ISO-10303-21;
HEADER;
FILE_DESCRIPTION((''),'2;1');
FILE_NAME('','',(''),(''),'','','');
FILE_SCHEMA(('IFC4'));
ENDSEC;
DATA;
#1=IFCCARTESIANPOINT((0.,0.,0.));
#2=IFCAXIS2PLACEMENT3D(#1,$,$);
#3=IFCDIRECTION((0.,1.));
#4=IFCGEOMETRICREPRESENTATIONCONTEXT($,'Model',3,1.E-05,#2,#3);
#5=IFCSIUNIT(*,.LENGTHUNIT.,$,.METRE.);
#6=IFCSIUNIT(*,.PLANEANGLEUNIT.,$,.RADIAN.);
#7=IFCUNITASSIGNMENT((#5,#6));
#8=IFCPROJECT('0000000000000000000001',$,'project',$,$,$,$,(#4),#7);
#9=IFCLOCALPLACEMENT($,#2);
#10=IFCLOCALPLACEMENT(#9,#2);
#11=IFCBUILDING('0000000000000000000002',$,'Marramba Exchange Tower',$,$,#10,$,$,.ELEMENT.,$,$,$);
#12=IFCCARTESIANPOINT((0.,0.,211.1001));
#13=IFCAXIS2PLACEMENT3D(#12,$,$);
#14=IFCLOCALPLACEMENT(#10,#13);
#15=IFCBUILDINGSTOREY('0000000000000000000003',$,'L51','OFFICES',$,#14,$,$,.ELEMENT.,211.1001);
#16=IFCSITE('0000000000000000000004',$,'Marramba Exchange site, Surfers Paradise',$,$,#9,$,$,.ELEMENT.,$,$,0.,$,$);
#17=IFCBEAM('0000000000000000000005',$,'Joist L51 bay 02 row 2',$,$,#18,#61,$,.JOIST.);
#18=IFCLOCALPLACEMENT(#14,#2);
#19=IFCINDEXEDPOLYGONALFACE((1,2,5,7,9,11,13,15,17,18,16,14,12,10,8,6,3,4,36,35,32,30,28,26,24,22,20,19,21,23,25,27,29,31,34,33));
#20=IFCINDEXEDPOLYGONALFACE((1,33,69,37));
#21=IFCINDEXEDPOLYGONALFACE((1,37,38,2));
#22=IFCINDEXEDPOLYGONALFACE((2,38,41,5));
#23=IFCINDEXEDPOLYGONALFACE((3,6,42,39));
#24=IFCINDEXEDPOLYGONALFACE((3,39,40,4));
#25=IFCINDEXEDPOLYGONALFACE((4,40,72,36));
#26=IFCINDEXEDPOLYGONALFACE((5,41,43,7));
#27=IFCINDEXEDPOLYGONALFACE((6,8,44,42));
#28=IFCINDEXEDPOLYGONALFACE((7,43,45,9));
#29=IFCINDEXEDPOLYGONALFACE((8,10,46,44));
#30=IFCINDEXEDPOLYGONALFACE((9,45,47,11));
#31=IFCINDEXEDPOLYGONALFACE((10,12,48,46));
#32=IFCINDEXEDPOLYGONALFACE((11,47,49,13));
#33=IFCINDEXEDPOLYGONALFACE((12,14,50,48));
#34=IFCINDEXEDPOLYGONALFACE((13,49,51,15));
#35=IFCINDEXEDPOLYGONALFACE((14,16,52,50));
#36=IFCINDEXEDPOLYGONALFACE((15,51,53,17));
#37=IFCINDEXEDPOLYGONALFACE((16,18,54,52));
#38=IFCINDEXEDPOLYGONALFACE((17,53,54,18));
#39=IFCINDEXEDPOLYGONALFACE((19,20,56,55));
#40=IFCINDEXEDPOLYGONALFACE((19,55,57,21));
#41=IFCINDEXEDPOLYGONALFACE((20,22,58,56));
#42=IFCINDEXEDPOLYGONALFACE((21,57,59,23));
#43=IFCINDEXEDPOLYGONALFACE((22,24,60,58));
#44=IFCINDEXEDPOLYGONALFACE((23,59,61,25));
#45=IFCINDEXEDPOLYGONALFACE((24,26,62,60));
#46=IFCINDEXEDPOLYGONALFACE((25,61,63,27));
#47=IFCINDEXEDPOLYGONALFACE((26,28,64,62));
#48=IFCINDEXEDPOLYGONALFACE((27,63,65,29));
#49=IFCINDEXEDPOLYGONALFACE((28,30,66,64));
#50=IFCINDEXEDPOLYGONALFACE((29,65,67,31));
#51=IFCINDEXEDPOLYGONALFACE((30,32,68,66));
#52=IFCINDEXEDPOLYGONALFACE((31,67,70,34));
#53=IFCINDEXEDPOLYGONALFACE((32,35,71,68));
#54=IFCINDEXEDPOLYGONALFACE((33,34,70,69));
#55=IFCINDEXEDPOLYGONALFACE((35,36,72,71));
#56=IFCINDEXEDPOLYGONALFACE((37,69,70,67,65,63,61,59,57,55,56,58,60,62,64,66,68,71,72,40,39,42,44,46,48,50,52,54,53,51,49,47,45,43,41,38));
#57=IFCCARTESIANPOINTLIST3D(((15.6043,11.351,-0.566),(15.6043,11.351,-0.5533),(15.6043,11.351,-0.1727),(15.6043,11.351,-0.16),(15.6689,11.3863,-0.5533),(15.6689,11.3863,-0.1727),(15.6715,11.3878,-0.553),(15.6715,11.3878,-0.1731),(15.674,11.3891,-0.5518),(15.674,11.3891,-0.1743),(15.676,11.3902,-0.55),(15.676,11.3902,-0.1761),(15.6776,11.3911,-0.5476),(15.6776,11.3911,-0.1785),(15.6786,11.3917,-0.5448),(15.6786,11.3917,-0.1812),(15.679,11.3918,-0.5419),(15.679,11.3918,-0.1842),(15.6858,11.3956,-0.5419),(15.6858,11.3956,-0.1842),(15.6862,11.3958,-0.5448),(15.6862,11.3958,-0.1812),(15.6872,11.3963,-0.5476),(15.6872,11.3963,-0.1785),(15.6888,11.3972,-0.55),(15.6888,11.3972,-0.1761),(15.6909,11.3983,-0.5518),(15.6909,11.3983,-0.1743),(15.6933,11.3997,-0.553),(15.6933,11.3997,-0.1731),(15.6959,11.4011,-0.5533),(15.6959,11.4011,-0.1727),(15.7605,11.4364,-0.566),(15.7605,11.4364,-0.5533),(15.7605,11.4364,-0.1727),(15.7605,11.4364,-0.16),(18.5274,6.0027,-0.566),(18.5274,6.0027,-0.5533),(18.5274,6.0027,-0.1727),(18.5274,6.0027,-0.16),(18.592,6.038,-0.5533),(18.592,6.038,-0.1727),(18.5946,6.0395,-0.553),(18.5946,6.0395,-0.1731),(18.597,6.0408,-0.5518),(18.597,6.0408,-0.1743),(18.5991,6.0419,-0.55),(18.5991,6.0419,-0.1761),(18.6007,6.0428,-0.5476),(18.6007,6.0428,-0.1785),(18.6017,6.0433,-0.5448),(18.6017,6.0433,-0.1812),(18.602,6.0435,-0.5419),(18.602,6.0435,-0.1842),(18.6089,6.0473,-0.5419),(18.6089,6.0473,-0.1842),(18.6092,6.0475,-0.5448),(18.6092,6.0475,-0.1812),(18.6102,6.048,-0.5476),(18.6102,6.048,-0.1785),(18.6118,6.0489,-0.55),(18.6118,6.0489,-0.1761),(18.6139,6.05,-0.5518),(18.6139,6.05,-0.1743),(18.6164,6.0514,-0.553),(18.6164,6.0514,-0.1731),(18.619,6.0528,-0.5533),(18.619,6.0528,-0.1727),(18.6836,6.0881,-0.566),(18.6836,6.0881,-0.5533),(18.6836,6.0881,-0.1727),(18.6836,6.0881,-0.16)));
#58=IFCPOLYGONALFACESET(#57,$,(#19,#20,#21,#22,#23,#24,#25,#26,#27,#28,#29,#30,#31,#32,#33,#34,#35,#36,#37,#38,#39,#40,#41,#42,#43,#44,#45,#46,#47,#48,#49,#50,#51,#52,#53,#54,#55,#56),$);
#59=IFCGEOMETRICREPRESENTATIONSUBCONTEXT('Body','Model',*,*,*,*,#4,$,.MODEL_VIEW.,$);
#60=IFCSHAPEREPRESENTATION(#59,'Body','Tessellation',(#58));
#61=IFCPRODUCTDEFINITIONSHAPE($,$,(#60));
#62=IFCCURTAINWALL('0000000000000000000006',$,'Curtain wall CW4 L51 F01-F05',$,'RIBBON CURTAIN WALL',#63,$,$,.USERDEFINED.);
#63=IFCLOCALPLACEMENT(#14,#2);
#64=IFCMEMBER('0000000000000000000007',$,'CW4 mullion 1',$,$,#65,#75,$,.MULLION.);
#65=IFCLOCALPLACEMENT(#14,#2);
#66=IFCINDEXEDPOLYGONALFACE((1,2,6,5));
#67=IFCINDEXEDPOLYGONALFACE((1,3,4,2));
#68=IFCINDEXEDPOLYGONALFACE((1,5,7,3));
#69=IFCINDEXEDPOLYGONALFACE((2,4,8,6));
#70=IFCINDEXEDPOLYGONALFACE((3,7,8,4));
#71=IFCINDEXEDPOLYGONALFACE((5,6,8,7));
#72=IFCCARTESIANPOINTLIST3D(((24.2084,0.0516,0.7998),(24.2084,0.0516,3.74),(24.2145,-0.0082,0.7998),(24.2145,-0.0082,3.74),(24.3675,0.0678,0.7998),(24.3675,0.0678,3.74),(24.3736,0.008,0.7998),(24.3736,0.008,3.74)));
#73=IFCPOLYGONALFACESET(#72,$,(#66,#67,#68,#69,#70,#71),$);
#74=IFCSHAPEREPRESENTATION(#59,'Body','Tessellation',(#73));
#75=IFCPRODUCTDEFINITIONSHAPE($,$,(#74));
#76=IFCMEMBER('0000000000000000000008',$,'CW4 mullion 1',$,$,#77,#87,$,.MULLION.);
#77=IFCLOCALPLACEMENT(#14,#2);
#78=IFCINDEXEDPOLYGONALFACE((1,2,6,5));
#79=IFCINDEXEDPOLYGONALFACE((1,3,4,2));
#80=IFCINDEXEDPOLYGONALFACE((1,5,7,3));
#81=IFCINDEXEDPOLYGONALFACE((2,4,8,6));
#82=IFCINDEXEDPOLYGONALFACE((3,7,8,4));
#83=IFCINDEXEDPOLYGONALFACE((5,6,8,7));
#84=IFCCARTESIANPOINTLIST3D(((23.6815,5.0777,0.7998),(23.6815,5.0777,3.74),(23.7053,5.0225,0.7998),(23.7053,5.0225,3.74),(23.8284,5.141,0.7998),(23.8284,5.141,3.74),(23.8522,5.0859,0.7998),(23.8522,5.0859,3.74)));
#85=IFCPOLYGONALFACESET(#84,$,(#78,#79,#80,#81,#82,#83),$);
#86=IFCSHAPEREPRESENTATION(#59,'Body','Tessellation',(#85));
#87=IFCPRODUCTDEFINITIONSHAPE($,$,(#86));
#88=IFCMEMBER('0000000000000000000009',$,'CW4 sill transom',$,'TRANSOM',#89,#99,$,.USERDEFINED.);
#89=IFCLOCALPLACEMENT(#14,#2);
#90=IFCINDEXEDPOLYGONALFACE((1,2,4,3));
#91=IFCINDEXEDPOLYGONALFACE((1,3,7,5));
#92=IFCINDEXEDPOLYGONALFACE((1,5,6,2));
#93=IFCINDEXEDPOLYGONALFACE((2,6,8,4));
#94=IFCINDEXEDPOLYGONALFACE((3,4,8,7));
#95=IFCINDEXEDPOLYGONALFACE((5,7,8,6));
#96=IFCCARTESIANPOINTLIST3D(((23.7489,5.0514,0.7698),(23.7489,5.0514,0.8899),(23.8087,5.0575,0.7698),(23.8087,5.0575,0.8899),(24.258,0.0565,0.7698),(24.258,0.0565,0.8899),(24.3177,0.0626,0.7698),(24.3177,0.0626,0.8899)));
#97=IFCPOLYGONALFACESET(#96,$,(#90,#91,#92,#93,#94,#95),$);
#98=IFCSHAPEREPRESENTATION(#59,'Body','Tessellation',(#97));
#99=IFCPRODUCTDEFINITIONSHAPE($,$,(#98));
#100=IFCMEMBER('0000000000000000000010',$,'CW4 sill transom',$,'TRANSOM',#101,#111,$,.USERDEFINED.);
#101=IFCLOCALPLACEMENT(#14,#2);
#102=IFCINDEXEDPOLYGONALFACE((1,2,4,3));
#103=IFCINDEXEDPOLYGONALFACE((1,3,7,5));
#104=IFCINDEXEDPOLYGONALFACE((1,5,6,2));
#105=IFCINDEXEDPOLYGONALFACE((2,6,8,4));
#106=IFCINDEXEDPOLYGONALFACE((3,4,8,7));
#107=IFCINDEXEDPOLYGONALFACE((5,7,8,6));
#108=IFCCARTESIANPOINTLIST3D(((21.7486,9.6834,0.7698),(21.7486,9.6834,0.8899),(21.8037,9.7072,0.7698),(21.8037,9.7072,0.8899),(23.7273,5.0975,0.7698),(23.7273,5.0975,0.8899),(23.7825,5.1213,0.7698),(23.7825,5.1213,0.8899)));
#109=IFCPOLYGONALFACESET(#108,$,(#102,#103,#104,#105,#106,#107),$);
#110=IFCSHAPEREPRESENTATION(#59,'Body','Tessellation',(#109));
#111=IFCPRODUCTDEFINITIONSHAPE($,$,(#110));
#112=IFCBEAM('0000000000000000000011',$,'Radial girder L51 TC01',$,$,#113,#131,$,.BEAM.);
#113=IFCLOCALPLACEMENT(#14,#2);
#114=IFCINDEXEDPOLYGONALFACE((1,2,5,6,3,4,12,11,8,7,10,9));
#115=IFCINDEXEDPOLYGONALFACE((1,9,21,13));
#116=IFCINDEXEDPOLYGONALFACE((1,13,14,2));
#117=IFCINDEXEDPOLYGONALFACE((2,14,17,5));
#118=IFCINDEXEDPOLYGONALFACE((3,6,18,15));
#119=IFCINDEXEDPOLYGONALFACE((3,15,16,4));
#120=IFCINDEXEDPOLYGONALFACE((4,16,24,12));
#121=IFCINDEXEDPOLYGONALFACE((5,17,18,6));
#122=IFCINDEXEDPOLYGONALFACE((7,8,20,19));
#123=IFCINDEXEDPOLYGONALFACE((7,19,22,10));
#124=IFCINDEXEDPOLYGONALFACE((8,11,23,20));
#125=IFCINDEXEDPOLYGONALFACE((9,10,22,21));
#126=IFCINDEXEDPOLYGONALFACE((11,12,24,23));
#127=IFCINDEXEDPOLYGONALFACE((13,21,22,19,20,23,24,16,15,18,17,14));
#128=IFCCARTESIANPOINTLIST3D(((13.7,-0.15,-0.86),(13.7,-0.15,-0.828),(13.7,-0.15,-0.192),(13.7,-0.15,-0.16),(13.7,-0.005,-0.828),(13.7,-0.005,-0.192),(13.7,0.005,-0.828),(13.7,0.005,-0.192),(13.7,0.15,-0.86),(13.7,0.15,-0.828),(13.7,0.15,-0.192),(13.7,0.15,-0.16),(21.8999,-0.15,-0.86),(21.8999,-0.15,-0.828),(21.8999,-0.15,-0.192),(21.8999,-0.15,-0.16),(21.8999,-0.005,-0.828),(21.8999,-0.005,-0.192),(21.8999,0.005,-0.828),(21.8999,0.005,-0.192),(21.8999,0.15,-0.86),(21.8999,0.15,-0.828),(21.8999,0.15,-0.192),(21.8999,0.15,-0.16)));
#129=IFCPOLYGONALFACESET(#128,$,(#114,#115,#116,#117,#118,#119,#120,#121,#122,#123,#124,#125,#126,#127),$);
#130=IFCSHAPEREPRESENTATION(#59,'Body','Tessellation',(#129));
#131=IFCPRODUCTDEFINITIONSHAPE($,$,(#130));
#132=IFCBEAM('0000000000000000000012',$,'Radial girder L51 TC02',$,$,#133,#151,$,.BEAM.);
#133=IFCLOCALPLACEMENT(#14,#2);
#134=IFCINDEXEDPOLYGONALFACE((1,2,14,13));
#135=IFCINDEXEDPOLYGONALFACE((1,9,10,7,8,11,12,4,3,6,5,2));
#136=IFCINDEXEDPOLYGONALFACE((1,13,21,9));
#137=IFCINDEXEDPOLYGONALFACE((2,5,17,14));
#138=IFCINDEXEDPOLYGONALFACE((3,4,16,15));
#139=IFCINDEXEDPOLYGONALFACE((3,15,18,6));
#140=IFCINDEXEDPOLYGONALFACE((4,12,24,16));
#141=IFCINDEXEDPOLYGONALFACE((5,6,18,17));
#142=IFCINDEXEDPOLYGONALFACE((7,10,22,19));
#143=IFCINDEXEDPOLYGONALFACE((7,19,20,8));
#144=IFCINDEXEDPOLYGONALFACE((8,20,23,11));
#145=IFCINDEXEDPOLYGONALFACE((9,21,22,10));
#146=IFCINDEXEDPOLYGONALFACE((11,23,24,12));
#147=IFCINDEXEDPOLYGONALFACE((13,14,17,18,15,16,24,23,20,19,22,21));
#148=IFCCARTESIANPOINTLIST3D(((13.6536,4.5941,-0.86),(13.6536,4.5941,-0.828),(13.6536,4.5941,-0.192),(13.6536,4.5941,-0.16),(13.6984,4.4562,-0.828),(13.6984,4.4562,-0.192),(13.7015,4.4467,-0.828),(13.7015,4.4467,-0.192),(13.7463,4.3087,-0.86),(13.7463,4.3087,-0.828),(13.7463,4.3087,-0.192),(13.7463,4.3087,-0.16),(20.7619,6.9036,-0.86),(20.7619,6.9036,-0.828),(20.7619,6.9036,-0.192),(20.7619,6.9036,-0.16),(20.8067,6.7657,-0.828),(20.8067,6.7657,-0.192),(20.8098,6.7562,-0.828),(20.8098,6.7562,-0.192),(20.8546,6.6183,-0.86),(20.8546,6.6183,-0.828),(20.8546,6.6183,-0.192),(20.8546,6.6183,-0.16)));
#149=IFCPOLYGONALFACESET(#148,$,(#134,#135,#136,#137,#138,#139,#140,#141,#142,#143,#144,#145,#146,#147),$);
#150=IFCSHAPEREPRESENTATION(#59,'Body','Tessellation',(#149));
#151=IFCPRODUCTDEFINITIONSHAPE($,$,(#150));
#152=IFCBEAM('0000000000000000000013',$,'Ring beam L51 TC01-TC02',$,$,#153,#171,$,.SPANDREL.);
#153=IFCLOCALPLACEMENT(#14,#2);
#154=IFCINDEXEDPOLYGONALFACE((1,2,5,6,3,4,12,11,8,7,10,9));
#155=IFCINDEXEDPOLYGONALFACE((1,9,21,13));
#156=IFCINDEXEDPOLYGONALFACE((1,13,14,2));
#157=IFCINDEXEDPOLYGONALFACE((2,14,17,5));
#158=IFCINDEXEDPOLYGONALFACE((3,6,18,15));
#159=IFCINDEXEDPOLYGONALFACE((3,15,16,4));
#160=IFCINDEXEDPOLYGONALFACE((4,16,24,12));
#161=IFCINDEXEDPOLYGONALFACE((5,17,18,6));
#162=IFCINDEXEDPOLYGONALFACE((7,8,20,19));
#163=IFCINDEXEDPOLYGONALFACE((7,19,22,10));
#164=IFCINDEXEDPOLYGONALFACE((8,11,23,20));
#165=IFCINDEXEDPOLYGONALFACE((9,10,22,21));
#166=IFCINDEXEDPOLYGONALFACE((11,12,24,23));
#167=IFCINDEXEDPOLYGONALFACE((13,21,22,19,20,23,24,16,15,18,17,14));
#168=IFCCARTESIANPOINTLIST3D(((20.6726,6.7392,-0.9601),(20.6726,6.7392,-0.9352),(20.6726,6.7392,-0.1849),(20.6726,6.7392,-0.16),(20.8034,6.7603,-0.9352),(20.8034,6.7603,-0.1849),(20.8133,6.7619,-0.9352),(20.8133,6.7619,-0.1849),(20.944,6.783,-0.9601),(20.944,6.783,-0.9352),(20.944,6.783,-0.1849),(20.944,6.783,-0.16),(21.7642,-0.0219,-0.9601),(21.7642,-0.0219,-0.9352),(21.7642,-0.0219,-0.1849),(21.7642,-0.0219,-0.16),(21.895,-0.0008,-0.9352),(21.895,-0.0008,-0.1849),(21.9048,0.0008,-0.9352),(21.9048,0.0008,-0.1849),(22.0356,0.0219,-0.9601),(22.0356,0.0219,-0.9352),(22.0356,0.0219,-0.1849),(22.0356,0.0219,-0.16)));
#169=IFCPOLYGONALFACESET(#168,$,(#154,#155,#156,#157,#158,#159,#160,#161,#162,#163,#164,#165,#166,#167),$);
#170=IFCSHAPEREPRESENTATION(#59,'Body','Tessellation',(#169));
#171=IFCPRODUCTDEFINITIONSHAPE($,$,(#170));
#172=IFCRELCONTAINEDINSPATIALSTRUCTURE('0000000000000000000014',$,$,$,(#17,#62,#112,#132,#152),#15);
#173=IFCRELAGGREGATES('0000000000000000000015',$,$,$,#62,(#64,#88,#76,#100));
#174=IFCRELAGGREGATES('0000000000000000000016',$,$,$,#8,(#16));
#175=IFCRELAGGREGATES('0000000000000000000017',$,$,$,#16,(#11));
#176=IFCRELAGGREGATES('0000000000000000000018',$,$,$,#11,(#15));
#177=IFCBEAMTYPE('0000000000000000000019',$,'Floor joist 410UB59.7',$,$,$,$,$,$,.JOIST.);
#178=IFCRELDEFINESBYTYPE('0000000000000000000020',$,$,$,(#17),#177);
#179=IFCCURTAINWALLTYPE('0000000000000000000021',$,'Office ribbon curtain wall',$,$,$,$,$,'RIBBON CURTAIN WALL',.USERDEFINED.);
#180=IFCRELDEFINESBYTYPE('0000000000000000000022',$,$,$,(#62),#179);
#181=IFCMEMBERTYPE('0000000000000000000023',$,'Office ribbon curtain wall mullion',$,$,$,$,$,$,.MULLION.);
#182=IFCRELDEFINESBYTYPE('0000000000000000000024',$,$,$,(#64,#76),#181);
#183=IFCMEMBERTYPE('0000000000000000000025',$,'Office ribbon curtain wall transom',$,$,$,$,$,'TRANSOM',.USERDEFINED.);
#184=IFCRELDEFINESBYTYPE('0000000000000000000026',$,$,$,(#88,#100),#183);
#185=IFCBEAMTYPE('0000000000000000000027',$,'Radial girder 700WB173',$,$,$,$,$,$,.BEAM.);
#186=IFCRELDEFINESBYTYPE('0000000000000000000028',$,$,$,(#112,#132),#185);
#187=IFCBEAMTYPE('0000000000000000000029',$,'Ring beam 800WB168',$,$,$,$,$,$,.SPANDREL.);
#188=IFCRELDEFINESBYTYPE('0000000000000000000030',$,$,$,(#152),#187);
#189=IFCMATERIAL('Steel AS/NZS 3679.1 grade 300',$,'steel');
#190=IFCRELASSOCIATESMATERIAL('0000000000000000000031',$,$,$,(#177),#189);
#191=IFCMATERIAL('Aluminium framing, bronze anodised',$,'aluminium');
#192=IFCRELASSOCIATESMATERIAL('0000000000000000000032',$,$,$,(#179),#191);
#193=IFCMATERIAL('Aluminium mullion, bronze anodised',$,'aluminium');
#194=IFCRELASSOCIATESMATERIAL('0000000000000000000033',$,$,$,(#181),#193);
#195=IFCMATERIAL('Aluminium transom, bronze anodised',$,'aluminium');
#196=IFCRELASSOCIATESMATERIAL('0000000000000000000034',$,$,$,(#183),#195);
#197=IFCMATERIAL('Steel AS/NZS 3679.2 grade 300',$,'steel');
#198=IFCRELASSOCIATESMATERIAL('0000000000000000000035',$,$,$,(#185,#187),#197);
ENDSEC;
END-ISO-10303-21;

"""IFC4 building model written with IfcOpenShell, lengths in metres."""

from ifc_helpers import new_model, si_unit, direction, frame, origin, origin_2d, place, context, subcontext, project, spatial, rectangle, i_section, extrude, material, material_profile, profile_set, type_object, element, aggregate, save


model = new_model("IFC4")

# Units and contexts
model_context = context("Model", 3, precision=1e-05, world=origin(), true_north=direction((0.0, 1.0)))
body_context = subcontext(model_context, "Body", "Model", "MODEL_VIEW")
ifc_project = project(units=[si_unit("LENGTHUNIT", "METRE"), si_unit("PLANEANGLEUNIT", "RADIAN")], contexts=[model_context])

# Site, building, storey
site_placement = place(None, origin())
site = spatial("IfcSite", under=ifc_project, at=site_placement, Name="Marramba Exchange site, Surfers Paradise", CompositionType="ELEMENT", RefElevation=0.0)
building_placement = place(site_placement, origin())
building = spatial("IfcBuilding", under=site, at=building_placement, Name="Marramba Exchange Tower", CompositionType="ELEMENT")
storey_placement = place(building_placement, frame((0.0, 0.0, 211.1001)))
storey = spatial("IfcBuildingStorey", under=building, at=storey_placement, Name="L51", Description="OFFICES", CompositionType="ELEMENT", Elevation=211.1001)

# Beam
ifc_material_1 = material(Name="Steel AS/NZS 3679.2 grade 300", Category="steel")
ifc_material_2 = material(Name="Steel AS/NZS 3679.1 grade 300", Category="steel")
ifc_material_profile_1 = material_profile(ifc_material_2, i_section(OverallWidth=0.178, OverallDepth=0.406, WebThickness=0.0078, FlangeThickness=0.0127, FilletRadius=0.0115, at=origin_2d()), Name="410UB59.7")
ifc_profile_set_1 = profile_set([ifc_material_profile_1], Name="Steel AS/NZS 3679.1 grade 300")
beam_type_1 = type_object("IfcBeamType", Name="Floor joist 410UB59.7", PredefinedType="JOIST", material=ifc_profile_set_1)
beam_1_placement = place(storey_placement, frame((18.6055, 6.0454, -0.363), z_axis=(-0.479584, 0.877496, 0.0), x_axis=(-0.877496, -0.479584, 0.0)))
element("IfcBeam", 1, at=beam_1_placement, inside=storey, type_object=beam_type_1, Name="Joist L51 bay 02 row 2", PredefinedType="JOIST", context=body_context, shape_type="SweptSolid", body=[
    extrude(i_section(OverallWidth=0.178, OverallDepth=0.406, WebThickness=0.0078, FlangeThickness=0.0127, FilletRadius=0.0115, at=origin_2d()), origin(), (0.0, 0.0, 1.0), 6.095),
])

# Curtain wall, members
ifc_material_3 = material(Name="Aluminium framing, bronze anodised", Category="aluminium")
curtain_wall_type = type_object("IfcCurtainWallType", Name="Office ribbon curtain wall", ElementType="RIBBON CURTAIN WALL", PredefinedType="USERDEFINED", material=ifc_material_3)
curtain_wall_placement = place(storey_placement, origin())
curtain_wall = element("IfcCurtainWall", 2, at=curtain_wall_placement, inside=storey, type_object=curtain_wall_type, Name="Curtain wall CW4 L51 F01-F05", ObjectType="RIBBON CURTAIN WALL", PredefinedType="USERDEFINED")
ifc_material_4 = material(Name="Aluminium mullion, bronze anodised", Category="aluminium")
ifc_material_profile_2 = material_profile(ifc_material_4, rectangle(XDim=0.1599, YDim=0.0601, at=origin_2d()), Name="CW4 mullion 60x160")
ifc_profile_set_2 = profile_set([ifc_material_profile_2], Name="Aluminium mullion, bronze anodised")
member_type_1 = type_object("IfcMemberType", Name="Office ribbon curtain wall mullion", PredefinedType="MULLION", material=ifc_profile_set_2)
member_1_placement = place(storey_placement, frame((24.291, 0.0298, 0.7998), z_axis=(0.0, 0.0, 1.0), x_axis=(-0.994843, -0.101422, 0.0)))
member_1 = element("IfcMember", 3, at=member_1_placement, type_object=member_type_1, Name="CW4 mullion 1", PredefinedType="MULLION", context=body_context, shape_type="SweptSolid", body=[
    extrude(rectangle(XDim=0.1599, YDim=0.0601, at=origin_2d()), origin(), (0.0, 0.0, 1.0), 2.9402),
])
member_2_placement = place(storey_placement, frame((23.7668, 5.0818, 0.7998), z_axis=(0.0, 0.0, 1.0), x_axis=(-0.918167, -0.396193, 0.0)))
member_2 = element("IfcMember", 4, at=member_2_placement, type_object=member_type_1, Name="CW4 mullion 1", PredefinedType="MULLION", context=body_context, shape_type="SweptSolid", body=[
    extrude(rectangle(XDim=0.1599, YDim=0.0601, at=origin_2d()), origin(), (0.0, 0.0, 1.0), 2.9402),
])
ifc_material_5 = material(Name="Aluminium transom, bronze anodised", Category="aluminium")
ifc_material_profile_3 = material_profile(ifc_material_5, rectangle(XDim=0.0601, YDim=0.1201, at=origin_2d()), Name="CW4 transom 60x120")
ifc_profile_set_3 = profile_set([ifc_material_profile_3], Name="Aluminium transom, bronze anodised")
member_type_2 = type_object("IfcMemberType", Name="Office ribbon curtain wall transom", ElementType="TRANSOM", PredefinedType="USERDEFINED", material=ifc_profile_set_3)
member_3_placement = place(storey_placement, frame((24.2878, 0.0596, 0.8298), z_axis=(-0.101386, 0.994847, 0.0), x_axis=(-0.994847, -0.101386, 0.0)))
member_3 = element("IfcMember", 5, at=member_3_placement, type_object=member_type_2, Name="CW4 sill transom", ObjectType="TRANSOM", PredefinedType="USERDEFINED", context=body_context, shape_type="SweptSolid", body=[
    extrude(rectangle(XDim=0.0601, YDim=0.1201, at=origin_2d()), origin(), (0.0, 0.0, 1.0), 5.0208),
])
member_4_placement = place(storey_placement, frame((23.7549, 5.1094, 0.8298), z_axis=(-0.396178, 0.918174, 0.0), x_axis=(-0.918174, -0.396178, 0.0)))
member_4 = element("IfcMember", 6, at=member_4_placement, type_object=member_type_2, Name="CW4 sill transom", ObjectType="TRANSOM", PredefinedType="USERDEFINED", context=body_context, shape_type="SweptSolid", body=[
    extrude(rectangle(XDim=0.0601, YDim=0.1201, at=origin_2d()), origin(), (0.0, 0.0, 1.0), 4.9946),
])

# Beams
ifc_material_profile_4 = material_profile(ifc_material_1, i_section(OverallWidth=0.3, OverallDepth=0.7, WebThickness=0.01, FlangeThickness=0.032, at=origin_2d()), Name="700WB173")
ifc_profile_set_4 = profile_set([ifc_material_profile_4], Name="Steel AS/NZS 3679.2 grade 300")
beam_type_2 = type_object("IfcBeamType", Name="Radial girder 700WB173", PredefinedType="BEAM", material=ifc_profile_set_4)
beam_2_placement = place(storey_placement, frame((13.7, 0.0, -0.51), z_axis=(1.0, 0.0, 0.0), x_axis=(0.0, 1.0, 0.0)))
element("IfcBeam", 7, at=beam_2_placement, inside=storey, type_object=beam_type_2, Name="Radial girder L51 TC01", PredefinedType="BEAM", context=body_context, shape_type="SweptSolid", body=[
    extrude(i_section(OverallWidth=0.3, OverallDepth=0.7, WebThickness=0.01, FlangeThickness=0.032, at=origin_2d()), origin(), (0.0, 0.0, 1.0), 8.2),
])
beam_3_placement = place(storey_placement, frame((13.7, 4.4514, -0.51), z_axis=(0.95106, 0.309006, 0.0), x_axis=(-0.309006, 0.95106, 0.0)))
element("IfcBeam", 8, at=beam_3_placement, inside=storey, type_object=beam_type_2, Name="Radial girder L51 TC02", PredefinedType="BEAM", context=body_context, shape_type="SweptSolid", body=[
    extrude(i_section(OverallWidth=0.3, OverallDepth=0.7, WebThickness=0.01, FlangeThickness=0.032, at=origin_2d()), origin(), (0.0, 0.0, 1.0), 7.4741),
])
ifc_material_profile_5 = material_profile(ifc_material_1, i_section(OverallWidth=0.2749, OverallDepth=0.8, WebThickness=0.01, FlangeThickness=0.0249, at=origin_2d()), Name="800WB168")
ifc_profile_set_5 = profile_set([ifc_material_profile_5], Name="Steel AS/NZS 3679.2 grade 300")
beam_type_3 = type_object("IfcBeamType", Name="Ring beam 800WB168", PredefinedType="SPANDREL", material=ifc_profile_set_5)
beam_4_placement = place(storey_placement, frame((21.8999, 0.0, -0.5601), z_axis=(-0.159385, 0.987217, 0.0), x_axis=(-0.987217, -0.159385, 0.0)))
element("IfcBeam", 9, at=beam_4_placement, inside=storey, type_object=beam_type_3, Name="Ring beam L51 TC01-TC02", PredefinedType="SPANDREL", context=body_context, shape_type="SweptSolid", body=[
    extrude(i_section(OverallWidth=0.2749, OverallDepth=0.8, WebThickness=0.01, FlangeThickness=0.0249, at=origin_2d()), origin(), (0.0, 0.0, 1.0), 6.8486),
])

aggregate(curtain_wall, [member_1, member_3, member_2, member_4])

save(model, "model.ifc")
